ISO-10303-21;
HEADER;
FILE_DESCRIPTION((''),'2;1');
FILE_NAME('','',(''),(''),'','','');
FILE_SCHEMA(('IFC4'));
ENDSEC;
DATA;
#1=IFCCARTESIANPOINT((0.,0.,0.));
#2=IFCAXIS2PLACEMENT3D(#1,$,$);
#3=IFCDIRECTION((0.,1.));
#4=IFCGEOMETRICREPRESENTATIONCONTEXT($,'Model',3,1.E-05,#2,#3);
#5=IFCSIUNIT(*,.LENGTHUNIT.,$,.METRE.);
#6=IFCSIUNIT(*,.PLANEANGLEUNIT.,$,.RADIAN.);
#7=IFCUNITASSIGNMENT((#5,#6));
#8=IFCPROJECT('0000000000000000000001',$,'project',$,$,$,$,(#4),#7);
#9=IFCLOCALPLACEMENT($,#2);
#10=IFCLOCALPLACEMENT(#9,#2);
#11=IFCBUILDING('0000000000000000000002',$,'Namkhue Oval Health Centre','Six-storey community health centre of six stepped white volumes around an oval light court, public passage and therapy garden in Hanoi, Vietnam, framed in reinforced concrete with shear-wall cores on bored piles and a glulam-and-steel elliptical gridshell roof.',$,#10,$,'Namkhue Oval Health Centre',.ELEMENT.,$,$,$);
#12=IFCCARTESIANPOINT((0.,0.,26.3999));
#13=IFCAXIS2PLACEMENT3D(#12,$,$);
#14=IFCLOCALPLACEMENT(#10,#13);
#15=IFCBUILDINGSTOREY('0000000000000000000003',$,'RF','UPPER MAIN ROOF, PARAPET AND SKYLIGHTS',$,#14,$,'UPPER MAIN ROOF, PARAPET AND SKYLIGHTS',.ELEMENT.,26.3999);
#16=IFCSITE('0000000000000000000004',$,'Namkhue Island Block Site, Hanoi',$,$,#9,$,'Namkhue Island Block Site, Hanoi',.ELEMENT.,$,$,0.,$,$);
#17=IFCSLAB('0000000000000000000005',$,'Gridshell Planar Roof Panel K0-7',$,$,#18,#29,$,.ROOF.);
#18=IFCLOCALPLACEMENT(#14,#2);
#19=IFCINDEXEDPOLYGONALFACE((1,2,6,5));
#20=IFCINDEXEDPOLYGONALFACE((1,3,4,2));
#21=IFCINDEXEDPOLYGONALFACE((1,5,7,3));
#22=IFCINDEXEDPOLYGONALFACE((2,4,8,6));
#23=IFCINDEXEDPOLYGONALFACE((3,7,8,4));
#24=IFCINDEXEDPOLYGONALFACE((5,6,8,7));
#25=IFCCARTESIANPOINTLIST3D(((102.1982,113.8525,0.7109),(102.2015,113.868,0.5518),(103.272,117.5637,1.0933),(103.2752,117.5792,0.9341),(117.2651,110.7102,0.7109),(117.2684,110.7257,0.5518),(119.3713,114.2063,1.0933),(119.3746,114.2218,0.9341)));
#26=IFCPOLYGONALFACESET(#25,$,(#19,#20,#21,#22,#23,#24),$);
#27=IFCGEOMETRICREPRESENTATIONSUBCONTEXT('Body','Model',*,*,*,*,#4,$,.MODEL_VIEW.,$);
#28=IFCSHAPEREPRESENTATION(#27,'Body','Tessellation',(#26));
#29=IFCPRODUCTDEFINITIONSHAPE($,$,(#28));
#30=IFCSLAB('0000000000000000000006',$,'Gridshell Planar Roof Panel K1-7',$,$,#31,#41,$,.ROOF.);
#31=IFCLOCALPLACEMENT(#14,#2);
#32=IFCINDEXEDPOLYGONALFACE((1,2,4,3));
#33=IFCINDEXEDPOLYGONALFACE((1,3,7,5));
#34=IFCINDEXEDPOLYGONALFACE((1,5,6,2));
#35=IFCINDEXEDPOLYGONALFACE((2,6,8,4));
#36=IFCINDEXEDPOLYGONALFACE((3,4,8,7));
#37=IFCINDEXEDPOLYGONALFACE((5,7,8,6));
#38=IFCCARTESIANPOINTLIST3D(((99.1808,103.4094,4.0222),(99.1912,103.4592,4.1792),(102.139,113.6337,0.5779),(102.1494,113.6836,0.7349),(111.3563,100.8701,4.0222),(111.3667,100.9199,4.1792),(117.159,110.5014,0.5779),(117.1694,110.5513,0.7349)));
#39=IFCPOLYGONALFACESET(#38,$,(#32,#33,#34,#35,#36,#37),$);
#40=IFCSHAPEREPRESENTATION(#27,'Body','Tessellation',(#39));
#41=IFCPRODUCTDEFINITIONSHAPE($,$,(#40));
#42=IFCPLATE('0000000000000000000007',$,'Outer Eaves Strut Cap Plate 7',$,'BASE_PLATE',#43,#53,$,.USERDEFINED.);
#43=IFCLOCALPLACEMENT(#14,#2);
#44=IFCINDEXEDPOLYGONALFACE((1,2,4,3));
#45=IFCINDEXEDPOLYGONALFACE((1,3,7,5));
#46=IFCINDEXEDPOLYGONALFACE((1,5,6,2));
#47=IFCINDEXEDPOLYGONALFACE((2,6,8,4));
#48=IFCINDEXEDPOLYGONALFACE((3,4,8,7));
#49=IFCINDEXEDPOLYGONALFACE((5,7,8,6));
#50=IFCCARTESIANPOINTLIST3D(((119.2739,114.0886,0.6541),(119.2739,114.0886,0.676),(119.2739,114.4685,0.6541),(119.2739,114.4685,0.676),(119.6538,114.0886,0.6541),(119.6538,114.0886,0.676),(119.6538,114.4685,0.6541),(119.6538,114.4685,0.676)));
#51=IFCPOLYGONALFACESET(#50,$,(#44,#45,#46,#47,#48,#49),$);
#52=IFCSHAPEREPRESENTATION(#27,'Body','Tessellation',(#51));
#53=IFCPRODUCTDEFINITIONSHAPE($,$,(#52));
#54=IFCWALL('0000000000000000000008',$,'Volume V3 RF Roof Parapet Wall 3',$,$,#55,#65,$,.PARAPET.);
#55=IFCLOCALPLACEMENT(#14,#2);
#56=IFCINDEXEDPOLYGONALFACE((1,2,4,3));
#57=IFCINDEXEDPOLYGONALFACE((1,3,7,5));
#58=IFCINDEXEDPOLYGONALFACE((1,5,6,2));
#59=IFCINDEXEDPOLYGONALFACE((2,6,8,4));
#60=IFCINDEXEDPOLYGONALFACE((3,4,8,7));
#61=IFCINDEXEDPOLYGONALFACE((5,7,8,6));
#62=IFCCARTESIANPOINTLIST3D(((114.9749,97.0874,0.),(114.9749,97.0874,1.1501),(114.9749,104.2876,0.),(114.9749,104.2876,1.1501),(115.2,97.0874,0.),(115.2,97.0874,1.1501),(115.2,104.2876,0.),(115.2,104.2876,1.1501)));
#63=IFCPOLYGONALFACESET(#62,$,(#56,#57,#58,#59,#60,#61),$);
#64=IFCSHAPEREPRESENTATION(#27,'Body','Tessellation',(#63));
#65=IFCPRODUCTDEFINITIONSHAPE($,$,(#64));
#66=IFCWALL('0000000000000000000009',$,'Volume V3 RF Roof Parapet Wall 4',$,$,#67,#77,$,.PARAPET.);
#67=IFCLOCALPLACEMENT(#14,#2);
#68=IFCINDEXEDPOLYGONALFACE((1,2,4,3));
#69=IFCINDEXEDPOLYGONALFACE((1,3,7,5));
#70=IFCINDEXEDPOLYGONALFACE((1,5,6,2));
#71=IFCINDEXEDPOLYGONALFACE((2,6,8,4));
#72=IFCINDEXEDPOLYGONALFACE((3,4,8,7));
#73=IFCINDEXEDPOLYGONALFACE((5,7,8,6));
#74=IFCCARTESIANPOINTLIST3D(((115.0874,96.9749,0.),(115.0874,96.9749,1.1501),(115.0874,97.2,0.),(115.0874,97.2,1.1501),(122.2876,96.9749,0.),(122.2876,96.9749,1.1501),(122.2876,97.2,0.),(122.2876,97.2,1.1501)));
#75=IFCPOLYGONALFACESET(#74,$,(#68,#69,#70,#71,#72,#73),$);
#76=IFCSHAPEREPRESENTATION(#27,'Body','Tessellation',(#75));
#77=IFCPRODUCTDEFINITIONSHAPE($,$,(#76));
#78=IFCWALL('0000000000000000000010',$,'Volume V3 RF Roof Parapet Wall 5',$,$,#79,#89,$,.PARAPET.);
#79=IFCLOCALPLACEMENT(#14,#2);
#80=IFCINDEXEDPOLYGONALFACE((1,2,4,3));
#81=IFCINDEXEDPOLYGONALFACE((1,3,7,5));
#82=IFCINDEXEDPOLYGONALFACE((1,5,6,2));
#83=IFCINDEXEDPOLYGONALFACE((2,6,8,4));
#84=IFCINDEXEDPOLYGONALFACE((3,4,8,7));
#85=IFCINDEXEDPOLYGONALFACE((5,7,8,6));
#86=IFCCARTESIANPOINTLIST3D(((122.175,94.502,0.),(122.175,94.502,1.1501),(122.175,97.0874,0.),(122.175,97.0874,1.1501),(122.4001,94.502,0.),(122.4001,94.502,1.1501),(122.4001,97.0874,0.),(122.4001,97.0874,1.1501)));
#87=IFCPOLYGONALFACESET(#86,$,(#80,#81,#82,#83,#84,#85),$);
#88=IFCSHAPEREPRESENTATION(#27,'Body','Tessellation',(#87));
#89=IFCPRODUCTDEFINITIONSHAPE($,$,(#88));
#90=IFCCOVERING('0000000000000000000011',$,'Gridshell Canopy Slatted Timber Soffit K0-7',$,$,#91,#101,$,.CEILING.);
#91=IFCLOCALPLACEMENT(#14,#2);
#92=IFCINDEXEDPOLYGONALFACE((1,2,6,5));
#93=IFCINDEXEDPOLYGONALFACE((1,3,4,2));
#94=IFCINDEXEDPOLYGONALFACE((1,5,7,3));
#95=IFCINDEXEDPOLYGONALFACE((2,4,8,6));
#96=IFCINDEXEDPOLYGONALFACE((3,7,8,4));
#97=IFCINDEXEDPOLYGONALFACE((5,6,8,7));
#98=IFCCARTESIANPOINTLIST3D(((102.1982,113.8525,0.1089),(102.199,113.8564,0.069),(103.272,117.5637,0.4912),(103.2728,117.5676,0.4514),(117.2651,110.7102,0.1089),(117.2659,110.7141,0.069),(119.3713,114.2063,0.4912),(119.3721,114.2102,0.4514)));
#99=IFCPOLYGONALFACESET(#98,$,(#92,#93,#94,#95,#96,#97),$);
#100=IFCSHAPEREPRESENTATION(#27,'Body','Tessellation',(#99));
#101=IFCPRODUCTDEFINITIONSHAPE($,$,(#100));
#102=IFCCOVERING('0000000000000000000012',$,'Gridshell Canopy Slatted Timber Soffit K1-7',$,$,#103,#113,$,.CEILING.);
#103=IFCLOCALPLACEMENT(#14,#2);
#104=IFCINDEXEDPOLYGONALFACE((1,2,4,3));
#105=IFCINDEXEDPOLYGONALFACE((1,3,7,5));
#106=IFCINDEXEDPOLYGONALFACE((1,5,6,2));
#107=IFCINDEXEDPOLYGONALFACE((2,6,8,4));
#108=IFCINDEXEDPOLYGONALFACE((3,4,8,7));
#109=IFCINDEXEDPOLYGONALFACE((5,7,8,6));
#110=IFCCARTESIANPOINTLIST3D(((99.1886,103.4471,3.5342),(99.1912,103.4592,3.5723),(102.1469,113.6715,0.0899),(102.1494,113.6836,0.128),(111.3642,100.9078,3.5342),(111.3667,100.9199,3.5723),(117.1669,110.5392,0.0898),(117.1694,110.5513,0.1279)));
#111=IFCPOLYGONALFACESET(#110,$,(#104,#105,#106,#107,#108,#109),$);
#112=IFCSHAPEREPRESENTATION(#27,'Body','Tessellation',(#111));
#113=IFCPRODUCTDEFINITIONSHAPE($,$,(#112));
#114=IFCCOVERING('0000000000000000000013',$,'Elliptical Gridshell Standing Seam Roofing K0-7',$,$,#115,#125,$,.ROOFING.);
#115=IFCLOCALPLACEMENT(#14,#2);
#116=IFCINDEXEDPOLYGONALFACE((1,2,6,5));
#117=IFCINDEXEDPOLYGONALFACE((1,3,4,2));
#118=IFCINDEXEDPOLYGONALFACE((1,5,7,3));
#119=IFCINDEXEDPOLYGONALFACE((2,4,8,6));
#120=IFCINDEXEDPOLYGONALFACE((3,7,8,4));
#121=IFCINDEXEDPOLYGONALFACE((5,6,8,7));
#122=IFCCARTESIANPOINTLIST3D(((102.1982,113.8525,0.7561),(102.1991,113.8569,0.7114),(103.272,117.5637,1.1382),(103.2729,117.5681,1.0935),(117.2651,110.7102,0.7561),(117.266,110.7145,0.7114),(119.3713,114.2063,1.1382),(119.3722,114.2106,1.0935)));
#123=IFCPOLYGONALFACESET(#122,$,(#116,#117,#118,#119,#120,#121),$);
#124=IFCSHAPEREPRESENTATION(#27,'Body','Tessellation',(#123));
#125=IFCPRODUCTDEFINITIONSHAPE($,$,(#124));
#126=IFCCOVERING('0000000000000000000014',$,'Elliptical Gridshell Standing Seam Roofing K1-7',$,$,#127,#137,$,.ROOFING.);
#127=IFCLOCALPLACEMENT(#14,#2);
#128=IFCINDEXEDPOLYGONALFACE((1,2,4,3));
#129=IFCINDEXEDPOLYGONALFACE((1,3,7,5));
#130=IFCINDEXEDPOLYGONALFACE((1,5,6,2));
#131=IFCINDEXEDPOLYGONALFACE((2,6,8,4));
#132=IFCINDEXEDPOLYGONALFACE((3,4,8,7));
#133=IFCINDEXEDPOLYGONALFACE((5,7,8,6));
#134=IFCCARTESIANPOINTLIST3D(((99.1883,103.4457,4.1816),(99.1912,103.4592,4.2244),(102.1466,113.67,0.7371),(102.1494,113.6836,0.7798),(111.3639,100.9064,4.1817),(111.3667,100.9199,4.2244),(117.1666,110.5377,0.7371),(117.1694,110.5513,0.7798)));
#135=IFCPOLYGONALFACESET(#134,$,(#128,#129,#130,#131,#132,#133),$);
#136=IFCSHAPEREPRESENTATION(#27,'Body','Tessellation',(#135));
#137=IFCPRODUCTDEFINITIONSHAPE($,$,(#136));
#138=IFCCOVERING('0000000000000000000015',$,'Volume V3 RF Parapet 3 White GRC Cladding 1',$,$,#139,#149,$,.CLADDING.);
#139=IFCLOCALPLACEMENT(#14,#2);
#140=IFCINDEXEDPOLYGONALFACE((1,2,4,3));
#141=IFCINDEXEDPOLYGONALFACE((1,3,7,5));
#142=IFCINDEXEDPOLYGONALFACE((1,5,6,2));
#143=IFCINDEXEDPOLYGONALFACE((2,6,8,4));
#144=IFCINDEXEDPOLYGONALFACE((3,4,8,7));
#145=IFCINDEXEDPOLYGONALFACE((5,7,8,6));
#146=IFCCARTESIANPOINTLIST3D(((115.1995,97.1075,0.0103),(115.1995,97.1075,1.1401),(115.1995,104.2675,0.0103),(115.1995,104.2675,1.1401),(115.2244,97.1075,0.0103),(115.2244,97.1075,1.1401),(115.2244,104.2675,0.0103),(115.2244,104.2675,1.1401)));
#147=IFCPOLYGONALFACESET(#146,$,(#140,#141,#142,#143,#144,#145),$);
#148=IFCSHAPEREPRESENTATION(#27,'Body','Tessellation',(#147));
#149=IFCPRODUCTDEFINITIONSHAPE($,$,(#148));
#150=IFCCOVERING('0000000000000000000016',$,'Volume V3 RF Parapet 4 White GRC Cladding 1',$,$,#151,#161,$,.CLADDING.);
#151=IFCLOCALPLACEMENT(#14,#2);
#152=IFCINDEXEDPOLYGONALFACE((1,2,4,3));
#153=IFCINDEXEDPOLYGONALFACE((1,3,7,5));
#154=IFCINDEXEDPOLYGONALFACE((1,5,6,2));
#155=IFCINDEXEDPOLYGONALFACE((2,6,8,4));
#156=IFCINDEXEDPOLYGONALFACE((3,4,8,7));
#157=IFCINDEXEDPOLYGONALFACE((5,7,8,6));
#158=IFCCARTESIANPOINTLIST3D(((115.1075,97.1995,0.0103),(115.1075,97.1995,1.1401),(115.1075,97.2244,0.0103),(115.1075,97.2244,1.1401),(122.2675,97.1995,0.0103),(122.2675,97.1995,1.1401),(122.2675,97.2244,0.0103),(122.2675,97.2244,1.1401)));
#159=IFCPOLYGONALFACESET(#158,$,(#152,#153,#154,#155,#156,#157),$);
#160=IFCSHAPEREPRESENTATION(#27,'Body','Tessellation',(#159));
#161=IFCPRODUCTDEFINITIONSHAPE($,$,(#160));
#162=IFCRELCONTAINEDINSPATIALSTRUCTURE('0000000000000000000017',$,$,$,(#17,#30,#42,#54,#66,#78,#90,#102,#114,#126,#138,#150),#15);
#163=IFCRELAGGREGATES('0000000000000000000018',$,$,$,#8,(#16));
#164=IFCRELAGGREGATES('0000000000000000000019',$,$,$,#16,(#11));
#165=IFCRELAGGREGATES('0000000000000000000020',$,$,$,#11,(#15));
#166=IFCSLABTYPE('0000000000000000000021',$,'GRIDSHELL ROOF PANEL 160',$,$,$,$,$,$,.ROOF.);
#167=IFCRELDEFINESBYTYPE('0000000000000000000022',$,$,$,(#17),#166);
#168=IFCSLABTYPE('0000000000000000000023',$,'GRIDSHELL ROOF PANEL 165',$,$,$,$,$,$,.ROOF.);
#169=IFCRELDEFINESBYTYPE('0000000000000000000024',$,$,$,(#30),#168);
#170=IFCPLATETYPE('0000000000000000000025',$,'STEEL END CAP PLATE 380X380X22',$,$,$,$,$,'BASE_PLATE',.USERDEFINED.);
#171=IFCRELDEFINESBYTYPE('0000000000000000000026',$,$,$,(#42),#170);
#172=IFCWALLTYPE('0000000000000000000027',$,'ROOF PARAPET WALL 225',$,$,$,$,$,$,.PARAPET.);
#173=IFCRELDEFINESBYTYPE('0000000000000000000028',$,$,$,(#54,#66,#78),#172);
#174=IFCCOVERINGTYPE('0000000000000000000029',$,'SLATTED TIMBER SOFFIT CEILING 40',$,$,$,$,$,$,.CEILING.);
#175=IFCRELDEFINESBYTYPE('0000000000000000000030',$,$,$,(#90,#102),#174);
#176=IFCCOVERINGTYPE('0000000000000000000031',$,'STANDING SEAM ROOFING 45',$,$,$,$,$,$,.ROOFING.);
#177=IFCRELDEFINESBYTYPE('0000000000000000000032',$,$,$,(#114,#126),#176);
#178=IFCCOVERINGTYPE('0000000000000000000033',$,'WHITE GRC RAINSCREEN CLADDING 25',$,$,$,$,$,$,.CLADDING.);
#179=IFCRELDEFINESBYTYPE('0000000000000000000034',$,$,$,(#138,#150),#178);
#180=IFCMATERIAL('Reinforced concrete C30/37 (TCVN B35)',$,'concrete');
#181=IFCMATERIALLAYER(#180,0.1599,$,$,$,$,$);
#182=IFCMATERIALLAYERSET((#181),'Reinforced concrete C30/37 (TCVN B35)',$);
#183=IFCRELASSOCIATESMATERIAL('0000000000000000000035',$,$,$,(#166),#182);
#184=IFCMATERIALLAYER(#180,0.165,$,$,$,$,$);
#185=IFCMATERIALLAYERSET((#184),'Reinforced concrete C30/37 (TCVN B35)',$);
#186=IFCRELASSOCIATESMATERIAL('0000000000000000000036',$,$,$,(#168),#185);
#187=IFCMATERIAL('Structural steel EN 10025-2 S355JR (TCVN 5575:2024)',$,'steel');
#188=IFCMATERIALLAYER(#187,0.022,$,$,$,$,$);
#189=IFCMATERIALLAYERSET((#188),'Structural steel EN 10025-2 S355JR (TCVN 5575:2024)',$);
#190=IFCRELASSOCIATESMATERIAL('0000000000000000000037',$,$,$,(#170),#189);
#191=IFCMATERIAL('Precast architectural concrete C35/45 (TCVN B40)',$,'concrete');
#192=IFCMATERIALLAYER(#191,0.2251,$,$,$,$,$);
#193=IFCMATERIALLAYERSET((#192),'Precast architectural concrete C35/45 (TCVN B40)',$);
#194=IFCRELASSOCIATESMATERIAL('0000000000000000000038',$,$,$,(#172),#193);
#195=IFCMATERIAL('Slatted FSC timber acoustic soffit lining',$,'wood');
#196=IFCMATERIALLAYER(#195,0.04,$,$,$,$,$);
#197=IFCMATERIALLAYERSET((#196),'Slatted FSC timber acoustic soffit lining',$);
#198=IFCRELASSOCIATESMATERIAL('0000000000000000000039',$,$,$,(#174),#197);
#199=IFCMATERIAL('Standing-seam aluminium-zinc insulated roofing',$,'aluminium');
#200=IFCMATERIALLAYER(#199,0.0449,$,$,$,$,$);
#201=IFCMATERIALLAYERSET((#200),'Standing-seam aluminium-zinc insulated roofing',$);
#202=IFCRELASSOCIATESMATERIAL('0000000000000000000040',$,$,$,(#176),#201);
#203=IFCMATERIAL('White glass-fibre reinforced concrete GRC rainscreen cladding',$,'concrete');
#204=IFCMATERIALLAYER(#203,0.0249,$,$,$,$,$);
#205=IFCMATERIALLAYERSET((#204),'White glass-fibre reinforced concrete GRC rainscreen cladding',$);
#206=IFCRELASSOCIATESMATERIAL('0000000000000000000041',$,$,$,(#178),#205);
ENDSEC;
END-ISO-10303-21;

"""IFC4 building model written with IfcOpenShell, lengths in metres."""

from ifc_helpers import new_model, si_unit, direction, frame, frame_2d, origin, origin_2d, place, context, subcontext, project, spatial, polyline, rectangle, outline, extrude, material, layer, layer_set, type_object, element, save


model = new_model("IFC4")

# Units and contexts
model_context = context("Model", 3, precision=1e-05, world=origin(), true_north=direction((0.0, 1.0)))
body_context = subcontext(model_context, "Body", "Model", "MODEL_VIEW")
ifc_project = project(units=[si_unit("LENGTHUNIT", "METRE"), si_unit("PLANEANGLEUNIT", "RADIAN")], contexts=[model_context])

# Site, building, storey
site_placement = place(None, origin())
site = spatial("IfcSite", under=ifc_project, at=site_placement, Name="Namkhue Island Block Site, Hanoi", LongName="Namkhue Island Block Site, Hanoi", CompositionType="ELEMENT", RefElevation=0.0)
building_placement = place(site_placement, origin())
building = spatial("IfcBuilding", under=site, at=building_placement, Name="Namkhue Oval Health Centre", Description="Six-storey community health centre of six stepped white volumes around an oval light court, public passage and therapy garden in Hanoi, Vietnam, framed in reinforced concrete with shear-wall cores on bored piles and a glulam-and-steel elliptical gridshell roof.", LongName="Namkhue Oval Health Centre", CompositionType="ELEMENT")
storey_placement = place(building_placement, frame((0.0, 0.0, 26.3999)))
storey = spatial("IfcBuildingStorey", under=building, at=storey_placement, Name="RF", Description="UPPER MAIN ROOF, PARAPET AND SKYLIGHTS", LongName="UPPER MAIN ROOF, PARAPET AND SKYLIGHTS", CompositionType="ELEMENT", Elevation=26.3999)

# Shared definitions
ifc_material_1 = material(Name="Precast architectural concrete C35/45 (TCVN B40)", Category="concrete")

# Shared definitions
ifc_material_2 = material(Name="Structural steel EN 10025-2 S355JR (TCVN 5575:2024)", Category="steel")

# Slabs
ifc_material_3 = material(Name="Reinforced concrete C30/37 (TCVN B35)", Category="concrete")
ifc_layer_1 = layer(ifc_material_3, 0.1599)
ifc_layer_set_1 = layer_set([ifc_layer_1], Name="Reinforced concrete C30/37 (TCVN B35)")
slab_type_1 = type_object("IfcSlabType", Name="GRIDSHELL ROOF PANEL 160", PredefinedType="ROOF", material=ifc_layer_set_1)
slab_1_placement = place(storey_placement, frame((119.3713, 114.2063, 1.0933), z_axis=(-0.020163, -0.096679, 0.995111), x_axis=(-0.978939, 0.204152, -0.000001)))
element("IfcSlab", 1, at=slab_1_placement, inside=storey, type_object=slab_type_1, Name="Gridshell Planar Roof Panel K0-7", PredefinedType="ROOF", context=body_context, shape_type="SweptSolid", body=[
    extrude(outline(polyline([(0.0, 0.0), (16.4457, 0.0), (16.7392, 3.8712), (1.3481, 3.8714), (0.0, 0.0)])), origin(), (0.0, 0.0, -1.0), 0.1599),
])
ifc_layer_2 = layer(ifc_material_3, 0.165)
ifc_layer_set_2 = layer_set([ifc_layer_2], Name="Reinforced concrete C30/37 (TCVN B35)")
slab_type_2 = type_object("IfcSlabType", Name="GRIDSHELL ROOF PANEL 165", PredefinedType="ROOF", material=ifc_layer_set_2)
slab_2_placement = place(storey_placement, frame((117.1694, 110.5513, 0.7349), z_axis=(0.063021, 0.302186, 0.951163), x_axis=(-0.978939, 0.204152, 0.000002)))
element("IfcSlab", 2, at=slab_2_placement, inside=storey, type_object=slab_type_2, Name="Gridshell Planar Roof Panel K1-7", PredefinedType="ROOF", context=body_context, shape_type="SweptSolid", body=[
    extrude(outline(polyline([(0.0, 0.0), (15.3432, 0.0), (16.1518, 11.1579), (3.7143, 11.1581), (0.0, 0.0)])), origin(), (0.0, 0.0, -1.0), 0.165),
])

# Plate
ifc_layer_3 = layer(ifc_material_2, 0.022)
ifc_layer_set_3 = layer_set([ifc_layer_3], Name="Structural steel EN 10025-2 S355JR (TCVN 5575:2024)")
plate_type_1 = type_object("IfcPlateType", Name="STEEL END CAP PLATE 380X380X22", ElementType="BASE_PLATE", PredefinedType="USERDEFINED", material=ifc_layer_set_3)
plate_1_placement = place(storey_placement, frame((119.4639, 114.2786, 0.6541), z_axis=(0.0, 0.0, 1.0), x_axis=(1.0, 0.0, 0.0)))
element("IfcPlate", 3, at=plate_1_placement, inside=storey, type_object=plate_type_1, Name="Outer Eaves Strut Cap Plate 7", ObjectType="BASE_PLATE", PredefinedType="USERDEFINED", context=body_context, shape_type="SweptSolid", body=[
    extrude(rectangle(XDim=0.3799, YDim=0.3799, at=origin_2d()), origin(), (0.0, 0.0, 1.0), 0.022),
])

# Walls
ifc_layer_4 = layer(ifc_material_1, 0.2251)
ifc_layer_set_4 = layer_set([ifc_layer_4], Name="Precast architectural concrete C35/45 (TCVN B40)")
wall_type = type_object("IfcWallType", Name="ROOF PARAPET WALL 225", PredefinedType="PARAPET", material=ifc_layer_set_4)
for number, where, z_axis, x_axis, name in (
    (4, (115.0874, 104.2876, 0.0), (0.0, 0.0, 1.0), (0.0, -1.0, 0.0), "Volume V3 RF Roof Parapet Wall 3"),
    (5, (115.0874, 97.0874, 0.0), (0.0, 0.0, 1.0), (1.0, 0.0, 0.0), "Volume V3 RF Roof Parapet Wall 4"),
):
    element("IfcWall", number, at=place(storey_placement, frame(where, z_axis=z_axis, x_axis=x_axis)), inside=storey, type_object=wall_type, Name=name, PredefinedType="PARAPET", context=body_context, shape_type="SweptSolid", body=[
        extrude(rectangle(XDim=7.2002, YDim=0.2251, at=frame_2d((3.6001, 0.0))), origin(), (0.0, 0.0, 1.0), 1.1501),
    ])
wall_placement = place(storey_placement, frame((122.2876, 97.0874, 0.0), z_axis=(0.0, 0.0, 1.0), x_axis=(0.0, -1.0, 0.0)))
element("IfcWall", 6, at=wall_placement, inside=storey, type_object=wall_type, Name="Volume V3 RF Roof Parapet Wall 5", PredefinedType="PARAPET", context=body_context, shape_type="SweptSolid", body=[
    extrude(rectangle(XDim=2.5854, YDim=0.2251, at=frame_2d((1.2927, 0.0))), origin(), (0.0, 0.0, 1.0), 1.1501),
])

# Coverings
ifc_material_4 = material(Name="Slatted FSC timber acoustic soffit lining", Category="wood")
ifc_layer_5 = layer(ifc_material_4, 0.04)
ifc_layer_set_5 = layer_set([ifc_layer_5], Name="Slatted FSC timber acoustic soffit lining")
covering_type_1 = type_object("IfcCoveringType", Name="SLATTED TIMBER SOFFIT CEILING 40", PredefinedType="CEILING", material=ifc_layer_set_5)
covering_1_placement = place(storey_placement, frame((119.3713, 114.2063, 0.4912), z_axis=(-0.020163, -0.096679, 0.995111), x_axis=(-0.978939, 0.204152, -0.000001)))
element("IfcCovering", 7, at=covering_1_placement, inside=storey, type_object=covering_type_1, Name="Gridshell Canopy Slatted Timber Soffit K0-7", PredefinedType="CEILING", context=body_context, shape_type="SweptSolid", body=[
    extrude(outline(polyline([(0.0, 0.0), (16.4457, 0.0), (16.7392, 3.8712), (1.3481, 3.8714), (0.0, 0.0)])), origin(), (0.0, 0.0, -1.0), 0.04),
])
covering_2_placement = place(storey_placement, frame((117.1694, 110.5513, 0.1279), z_axis=(0.063021, 0.302186, 0.951163), x_axis=(-0.978939, 0.204152, 0.000002)))
element("IfcCovering", 8, at=covering_2_placement, inside=storey, type_object=covering_type_1, Name="Gridshell Canopy Slatted Timber Soffit K1-7", PredefinedType="CEILING", context=body_context, shape_type="SweptSolid", body=[
    extrude(outline(polyline([(0.0, 0.0), (15.3432, 0.0), (16.1518, 11.1579), (3.7143, 11.1581), (0.0, 0.0)])), origin(), (0.0, 0.0, -1.0), 0.04),
])
ifc_material_5 = material(Name="Standing-seam aluminium-zinc insulated roofing", Category="aluminium")
ifc_layer_6 = layer(ifc_material_5, 0.0449)
ifc_layer_set_6 = layer_set([ifc_layer_6], Name="Standing-seam aluminium-zinc insulated roofing")
covering_type_2 = type_object("IfcCoveringType", Name="STANDING SEAM ROOFING 45", PredefinedType="ROOFING", material=ifc_layer_set_6)
covering_3_placement = place(storey_placement, frame((119.3713, 114.2063, 1.1382), z_axis=(-0.02015, -0.096618, 0.995118), x_axis=(-0.978939, 0.204152, -0.000001)))
element("IfcCovering", 9, at=covering_3_placement, inside=storey, type_object=covering_type_2, Name="Elliptical Gridshell Standing Seam Roofing K0-7", PredefinedType="ROOFING", context=body_context, shape_type="SweptSolid", body=[
    extrude(outline(polyline([(0.0, 0.0), (16.4457, 0.0), (16.7392, 3.8711), (1.3481, 3.8713), (0.0, 0.0)])), origin(), (0.0, 0.0, -1.0), 0.0449),
])
covering_4_placement = place(storey_placement, frame((117.1694, 110.5513, 0.7798), z_axis=(0.063025, 0.302206, 0.951157), x_axis=(-0.978939, 0.204152, 0.000002)))
element("IfcCovering", 10, at=covering_4_placement, inside=storey, type_object=covering_type_2, Name="Elliptical Gridshell Standing Seam Roofing K1-7", PredefinedType="ROOFING", context=body_context, shape_type="SweptSolid", body=[
    extrude(outline(polyline([(0.0, 0.0), (15.3432, 0.0), (16.1518, 11.158), (3.7143, 11.1581), (0.0, 0.0)])), origin(), (0.0, 0.0, -1.0), 0.0449),
])
ifc_material_6 = material(Name="White glass-fibre reinforced concrete GRC rainscreen cladding", Category="concrete")
ifc_layer_7 = layer(ifc_material_6, 0.0249)
ifc_layer_set_7 = layer_set([ifc_layer_7], Name="White glass-fibre reinforced concrete GRC rainscreen cladding")
covering_type_3 = type_object("IfcCoveringType", Name="WHITE GRC RAINSCREEN CLADDING 25", PredefinedType="CLADDING", material=ifc_layer_set_7)
for number, where, z_axis, x_axis, name in (
    (11, (115.2119, 100.6875, 0.0103), (0.0, 0.0, 1.0), (0.0, -1.0, 0.0), "Volume V3 RF Parapet 3 White GRC Cladding 1"),
    (12, (118.6875, 97.2119, 0.0103), (0.0, 0.0, 1.0), (1.0, 0.0, 0.0), "Volume V3 RF Parapet 4 White GRC Cladding 1"),
):
    element("IfcCovering", number, at=place(storey_placement, frame(where, z_axis=z_axis, x_axis=x_axis)), inside=storey, type_object=covering_type_3, Name=name, PredefinedType="CLADDING", context=body_context, shape_type="SweptSolid", body=[
        extrude(rectangle(XDim=7.1599, YDim=0.0249, at=origin_2d()), origin(), (0.0, 0.0, 1.0), 1.1299),
    ])

save(model, "model.ifc")
